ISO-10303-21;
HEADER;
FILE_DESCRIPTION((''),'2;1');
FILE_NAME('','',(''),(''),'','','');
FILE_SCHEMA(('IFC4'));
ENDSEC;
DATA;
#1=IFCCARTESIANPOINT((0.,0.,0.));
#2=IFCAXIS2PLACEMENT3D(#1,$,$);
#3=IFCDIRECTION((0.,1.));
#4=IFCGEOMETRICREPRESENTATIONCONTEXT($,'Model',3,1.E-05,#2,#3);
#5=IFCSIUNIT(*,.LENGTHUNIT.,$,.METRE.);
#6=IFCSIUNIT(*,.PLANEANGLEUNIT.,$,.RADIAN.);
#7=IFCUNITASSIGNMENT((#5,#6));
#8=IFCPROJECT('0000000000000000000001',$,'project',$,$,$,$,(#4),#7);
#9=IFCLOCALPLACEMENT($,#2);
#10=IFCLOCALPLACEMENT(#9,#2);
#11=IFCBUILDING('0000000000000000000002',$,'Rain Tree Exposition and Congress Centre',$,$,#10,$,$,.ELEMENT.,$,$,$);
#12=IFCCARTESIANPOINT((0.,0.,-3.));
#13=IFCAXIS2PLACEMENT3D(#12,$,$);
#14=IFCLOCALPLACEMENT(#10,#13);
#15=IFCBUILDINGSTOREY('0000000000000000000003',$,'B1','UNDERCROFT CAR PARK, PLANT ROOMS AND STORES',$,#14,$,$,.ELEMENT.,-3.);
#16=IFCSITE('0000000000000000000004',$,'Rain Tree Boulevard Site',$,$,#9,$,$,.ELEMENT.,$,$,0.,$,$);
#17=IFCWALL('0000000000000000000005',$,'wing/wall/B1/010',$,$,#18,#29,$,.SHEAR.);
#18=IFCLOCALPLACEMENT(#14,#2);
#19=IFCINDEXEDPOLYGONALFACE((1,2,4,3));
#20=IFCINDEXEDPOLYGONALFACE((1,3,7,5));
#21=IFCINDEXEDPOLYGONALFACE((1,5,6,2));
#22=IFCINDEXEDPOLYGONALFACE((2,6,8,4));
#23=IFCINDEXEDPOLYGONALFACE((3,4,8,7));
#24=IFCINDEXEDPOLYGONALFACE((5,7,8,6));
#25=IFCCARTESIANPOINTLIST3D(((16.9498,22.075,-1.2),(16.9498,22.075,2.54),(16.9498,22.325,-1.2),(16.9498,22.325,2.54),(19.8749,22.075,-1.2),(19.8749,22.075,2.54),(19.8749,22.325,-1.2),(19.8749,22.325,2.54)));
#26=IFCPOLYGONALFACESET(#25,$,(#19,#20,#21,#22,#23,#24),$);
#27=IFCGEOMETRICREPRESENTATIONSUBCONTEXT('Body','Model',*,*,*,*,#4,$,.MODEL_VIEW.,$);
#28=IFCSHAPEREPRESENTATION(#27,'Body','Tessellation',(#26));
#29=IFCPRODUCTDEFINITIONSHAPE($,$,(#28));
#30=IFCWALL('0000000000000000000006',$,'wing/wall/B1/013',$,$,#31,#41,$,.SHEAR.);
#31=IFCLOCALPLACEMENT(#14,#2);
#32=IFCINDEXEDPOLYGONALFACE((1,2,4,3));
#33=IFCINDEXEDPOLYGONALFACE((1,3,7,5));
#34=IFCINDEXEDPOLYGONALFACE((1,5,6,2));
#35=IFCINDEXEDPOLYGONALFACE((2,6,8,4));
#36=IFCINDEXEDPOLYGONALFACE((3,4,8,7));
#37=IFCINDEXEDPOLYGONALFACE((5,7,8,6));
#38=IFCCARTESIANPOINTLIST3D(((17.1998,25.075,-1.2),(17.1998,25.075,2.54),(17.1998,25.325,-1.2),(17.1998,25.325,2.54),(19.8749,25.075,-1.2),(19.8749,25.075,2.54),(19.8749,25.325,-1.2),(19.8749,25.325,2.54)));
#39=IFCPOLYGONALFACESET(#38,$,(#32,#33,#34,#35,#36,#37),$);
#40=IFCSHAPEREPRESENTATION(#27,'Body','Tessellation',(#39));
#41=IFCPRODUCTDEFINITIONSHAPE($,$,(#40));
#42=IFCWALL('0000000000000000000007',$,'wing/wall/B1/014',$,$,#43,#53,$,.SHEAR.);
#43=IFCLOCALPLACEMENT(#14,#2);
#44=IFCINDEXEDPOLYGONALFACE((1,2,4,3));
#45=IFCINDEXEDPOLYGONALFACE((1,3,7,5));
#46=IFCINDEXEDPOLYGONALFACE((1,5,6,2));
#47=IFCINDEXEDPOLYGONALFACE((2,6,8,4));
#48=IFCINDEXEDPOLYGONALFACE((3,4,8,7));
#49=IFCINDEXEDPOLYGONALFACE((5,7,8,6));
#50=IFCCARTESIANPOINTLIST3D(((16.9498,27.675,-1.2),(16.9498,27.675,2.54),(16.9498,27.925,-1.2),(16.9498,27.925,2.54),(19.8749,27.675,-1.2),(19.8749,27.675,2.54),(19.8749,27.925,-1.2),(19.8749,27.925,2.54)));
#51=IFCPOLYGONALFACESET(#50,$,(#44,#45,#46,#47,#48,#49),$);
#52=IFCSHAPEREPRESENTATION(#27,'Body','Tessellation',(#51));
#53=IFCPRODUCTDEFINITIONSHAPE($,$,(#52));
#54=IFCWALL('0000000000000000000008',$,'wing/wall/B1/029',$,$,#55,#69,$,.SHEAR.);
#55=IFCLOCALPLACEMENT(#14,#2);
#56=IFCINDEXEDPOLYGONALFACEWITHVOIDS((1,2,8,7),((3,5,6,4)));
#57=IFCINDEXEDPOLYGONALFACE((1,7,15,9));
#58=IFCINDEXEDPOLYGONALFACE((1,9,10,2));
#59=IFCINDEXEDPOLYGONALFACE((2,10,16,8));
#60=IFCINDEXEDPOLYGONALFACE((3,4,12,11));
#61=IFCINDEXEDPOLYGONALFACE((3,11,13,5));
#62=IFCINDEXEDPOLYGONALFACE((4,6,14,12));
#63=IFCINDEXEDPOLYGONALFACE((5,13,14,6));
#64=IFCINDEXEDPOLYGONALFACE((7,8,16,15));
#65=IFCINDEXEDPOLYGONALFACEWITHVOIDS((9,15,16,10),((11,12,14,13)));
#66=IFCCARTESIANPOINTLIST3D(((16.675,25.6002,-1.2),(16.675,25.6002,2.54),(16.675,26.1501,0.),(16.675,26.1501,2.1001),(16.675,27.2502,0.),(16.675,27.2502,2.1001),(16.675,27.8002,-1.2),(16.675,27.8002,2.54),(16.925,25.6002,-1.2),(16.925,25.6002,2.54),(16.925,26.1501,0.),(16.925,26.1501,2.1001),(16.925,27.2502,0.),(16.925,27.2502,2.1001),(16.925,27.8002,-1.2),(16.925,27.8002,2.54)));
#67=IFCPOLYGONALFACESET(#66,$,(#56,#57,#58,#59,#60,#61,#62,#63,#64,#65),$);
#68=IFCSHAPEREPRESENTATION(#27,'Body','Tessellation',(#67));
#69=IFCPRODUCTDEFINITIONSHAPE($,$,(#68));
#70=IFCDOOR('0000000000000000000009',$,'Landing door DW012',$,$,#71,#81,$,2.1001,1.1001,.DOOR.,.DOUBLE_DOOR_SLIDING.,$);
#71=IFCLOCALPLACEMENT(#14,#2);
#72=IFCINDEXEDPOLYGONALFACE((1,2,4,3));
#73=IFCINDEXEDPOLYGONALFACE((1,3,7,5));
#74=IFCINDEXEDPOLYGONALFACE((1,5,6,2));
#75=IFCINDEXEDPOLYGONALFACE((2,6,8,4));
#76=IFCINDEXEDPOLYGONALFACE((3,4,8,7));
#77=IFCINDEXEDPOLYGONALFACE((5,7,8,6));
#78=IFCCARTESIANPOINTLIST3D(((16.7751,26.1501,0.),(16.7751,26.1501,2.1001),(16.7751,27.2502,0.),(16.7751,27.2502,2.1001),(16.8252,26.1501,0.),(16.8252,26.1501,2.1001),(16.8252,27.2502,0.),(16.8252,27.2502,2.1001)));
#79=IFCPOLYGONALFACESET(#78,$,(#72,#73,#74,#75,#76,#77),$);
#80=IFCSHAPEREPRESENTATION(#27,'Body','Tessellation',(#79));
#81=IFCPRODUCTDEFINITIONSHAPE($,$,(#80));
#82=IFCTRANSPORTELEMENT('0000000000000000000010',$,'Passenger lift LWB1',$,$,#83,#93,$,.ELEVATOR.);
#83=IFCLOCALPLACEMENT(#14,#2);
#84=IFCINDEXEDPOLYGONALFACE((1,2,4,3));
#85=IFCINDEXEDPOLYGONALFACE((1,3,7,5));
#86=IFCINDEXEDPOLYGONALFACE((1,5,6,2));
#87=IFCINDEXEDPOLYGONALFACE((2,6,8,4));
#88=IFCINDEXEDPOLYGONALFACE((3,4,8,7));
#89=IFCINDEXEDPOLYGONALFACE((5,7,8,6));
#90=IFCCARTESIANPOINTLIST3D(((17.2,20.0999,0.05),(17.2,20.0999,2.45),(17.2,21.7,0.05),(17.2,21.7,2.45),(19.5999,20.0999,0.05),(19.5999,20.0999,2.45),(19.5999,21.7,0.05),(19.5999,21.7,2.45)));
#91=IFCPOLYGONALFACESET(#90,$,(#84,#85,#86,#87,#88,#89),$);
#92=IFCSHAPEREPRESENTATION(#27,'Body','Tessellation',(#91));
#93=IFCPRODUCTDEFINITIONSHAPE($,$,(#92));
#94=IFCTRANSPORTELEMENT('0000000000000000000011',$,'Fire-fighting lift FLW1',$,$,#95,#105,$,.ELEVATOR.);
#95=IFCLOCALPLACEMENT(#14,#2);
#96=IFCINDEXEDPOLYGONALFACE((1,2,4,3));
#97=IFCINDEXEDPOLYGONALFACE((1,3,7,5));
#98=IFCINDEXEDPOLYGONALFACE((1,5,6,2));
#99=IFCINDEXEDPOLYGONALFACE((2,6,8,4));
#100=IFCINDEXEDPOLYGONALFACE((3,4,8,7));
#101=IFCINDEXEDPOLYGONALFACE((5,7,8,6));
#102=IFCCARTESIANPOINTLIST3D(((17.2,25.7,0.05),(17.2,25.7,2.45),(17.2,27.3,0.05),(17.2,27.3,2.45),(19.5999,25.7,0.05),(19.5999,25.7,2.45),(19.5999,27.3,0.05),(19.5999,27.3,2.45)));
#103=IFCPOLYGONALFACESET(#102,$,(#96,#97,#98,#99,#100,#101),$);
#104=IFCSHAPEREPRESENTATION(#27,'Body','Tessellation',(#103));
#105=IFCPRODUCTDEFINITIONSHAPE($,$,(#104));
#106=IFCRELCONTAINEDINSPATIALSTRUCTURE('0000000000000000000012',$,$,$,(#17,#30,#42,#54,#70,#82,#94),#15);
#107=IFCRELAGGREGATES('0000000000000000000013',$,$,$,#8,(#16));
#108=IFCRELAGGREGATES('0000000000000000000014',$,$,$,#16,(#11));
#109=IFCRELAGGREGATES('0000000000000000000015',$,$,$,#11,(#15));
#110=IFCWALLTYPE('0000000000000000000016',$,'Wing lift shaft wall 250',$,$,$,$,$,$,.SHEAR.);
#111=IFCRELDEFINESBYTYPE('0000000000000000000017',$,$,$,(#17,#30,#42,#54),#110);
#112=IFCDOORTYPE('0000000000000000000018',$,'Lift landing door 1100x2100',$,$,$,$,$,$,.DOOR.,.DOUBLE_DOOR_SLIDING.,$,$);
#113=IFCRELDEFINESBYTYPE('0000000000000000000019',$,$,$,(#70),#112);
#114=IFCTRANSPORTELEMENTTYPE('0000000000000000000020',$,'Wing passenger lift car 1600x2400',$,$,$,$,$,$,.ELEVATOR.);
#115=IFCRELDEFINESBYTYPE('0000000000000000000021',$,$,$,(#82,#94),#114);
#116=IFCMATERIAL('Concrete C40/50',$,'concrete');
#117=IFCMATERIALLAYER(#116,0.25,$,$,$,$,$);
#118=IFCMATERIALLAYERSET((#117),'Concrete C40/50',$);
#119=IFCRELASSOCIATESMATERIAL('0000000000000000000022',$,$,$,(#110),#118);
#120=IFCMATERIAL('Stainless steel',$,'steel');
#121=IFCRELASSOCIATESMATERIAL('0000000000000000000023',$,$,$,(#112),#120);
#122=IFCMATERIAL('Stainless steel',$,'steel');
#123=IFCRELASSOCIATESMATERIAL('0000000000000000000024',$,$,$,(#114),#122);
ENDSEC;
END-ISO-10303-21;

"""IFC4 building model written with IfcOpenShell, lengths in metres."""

from ifc_helpers import new_model, si_unit, direction, frame, frame_2d, origin, origin_2d, place, context, subcontext, project, spatial, rectangle, extrude, material, layer, layer_set, type_object, element, fill, save


model = new_model("IFC4")

# Units and contexts
model_context = context("Model", 3, precision=1e-05, world=origin(), true_north=direction((0.0, 1.0)))
body_context = subcontext(model_context, "Body", "Model", "MODEL_VIEW")
ifc_project = project(units=[si_unit("LENGTHUNIT", "METRE"), si_unit("PLANEANGLEUNIT", "RADIAN")], contexts=[model_context])

# Site, building, storey
site_placement = place(None, origin())
site = spatial("IfcSite", under=ifc_project, at=site_placement, Name="Rain Tree Boulevard Site", CompositionType="ELEMENT", RefElevation=0.0)
building_placement = place(site_placement, origin())
building = spatial("IfcBuilding", under=site, at=building_placement, Name="Rain Tree Exposition and Congress Centre", CompositionType="ELEMENT")
storey_placement = place(building_placement, frame((0.0, 0.0, -3.0)))
storey = spatial("IfcBuildingStorey", under=building, at=storey_placement, Name="B1", Description="UNDERCROFT CAR PARK, PLANT ROOMS AND STORES", CompositionType="ELEMENT", Elevation=-3.0)

# Walls
ifc_material_1 = material(Name="Concrete C40/50", Category="concrete")
ifc_layer_1 = layer(ifc_material_1, 0.25)
ifc_layer_set_1 = layer_set([ifc_layer_1], Name="Concrete C40/50")
wall_type_1 = type_object("IfcWallType", Name="Wing lift shaft wall 250", PredefinedType="SHEAR", material=ifc_layer_set_1)
wall_1_placement = place(storey_placement, frame((16.95, 22.2, -1.2), z_axis=(0.0, 0.0, 1.0), x_axis=(1.0, 0.0, 0.0)))
element("IfcWall", 1, at=wall_1_placement, inside=storey, type_object=wall_type_1, Name="wing/wall/B1/010", PredefinedType="SHEAR", context=body_context, shape_type="SweptSolid", body=[
    extrude(rectangle(XDim=2.925, YDim=0.25, at=frame_2d((1.4624, 0.0))), origin(), (0.0, 0.0, 1.0), 3.74),
])
wall_2_placement = place(storey_placement, frame((17.2, 25.2, -1.2), z_axis=(0.0, 0.0, 1.0), x_axis=(1.0, 0.0, 0.0)))
element("IfcWall", 2, at=wall_2_placement, inside=storey, type_object=wall_type_1, Name="wing/wall/B1/013", PredefinedType="SHEAR", context=body_context, shape_type="SweptSolid", body=[
    extrude(rectangle(XDim=2.675, YDim=0.25, at=frame_2d((1.3374, 0.0))), origin(), (0.0, 0.0, 1.0), 3.74),
])
wall_3_placement = place(storey_placement, frame((16.95, 27.8, -1.2), z_axis=(0.0, 0.0, 1.0), x_axis=(1.0, 0.0, 0.0)))
element("IfcWall", 3, at=wall_3_placement, inside=storey, type_object=wall_type_1, Name="wing/wall/B1/014", PredefinedType="SHEAR", context=body_context, shape_type="SweptSolid", body=[
    extrude(rectangle(XDim=2.925, YDim=0.25, at=frame_2d((1.4624, 0.0))), origin(), (0.0, 0.0, 1.0), 3.74),
])

# Wall, opening, door
wall_4_placement = place(storey_placement, frame((16.8, 25.6001, -1.2), z_axis=(0.0, 0.0, 1.0), x_axis=(0.0, 1.0, 0.0)))
wall_4 = element("IfcWall", 4, at=wall_4_placement, inside=storey, type_object=wall_type_1, Name="wing/wall/B1/029", PredefinedType="SHEAR", context=body_context, shape_type="SweptSolid", body=[
    extrude(rectangle(XDim=2.2, YDim=0.25, at=frame_2d((1.1001, 0.0))), origin(), (0.0, 0.0, 1.0), 3.74),
])
opening_1_placement = place(wall_4_placement, frame((0.55, 0.0, 1.2)))
opening_1 = element("IfcOpeningElement", 5, at=opening_1_placement, cuts=wall_4, PredefinedType="OPENING", context=body_context, shape_type="SweptSolid", body=[
    extrude(rectangle(XDim=1.1001, YDim=2.1001, at=frame_2d((0.55, 1.05))), frame((0.0, 0.125, 0.0), z_axis=(0.0, -1.0, 0.0), x_axis=(1.0, 0.0, 0.0)), (0.0, 0.0, 1.0), 0.25),
])
ifc_material_2 = material(Name="Stainless steel", Category="steel")
door_type_1 = type_object("IfcDoorType", Name="Lift landing door 1100x2100", OperationType="DOUBLE_DOOR_SLIDING", PredefinedType="DOOR", material=ifc_material_2)
door_1_placement = place(opening_1_placement, origin())
door_1 = element("IfcDoor", 6, at=door_1_placement, inside=storey, type_object=door_type_1, Name="Landing door DW012", OperationType="DOUBLE_DOOR_SLIDING", OverallHeight=2.1001, OverallWidth=1.1001, PredefinedType="DOOR", context=body_context, shape_type="SweptSolid", body=[
    extrude(rectangle(XDim=1.1001, YDim=2.1001, at=frame_2d((0.55, 1.05))), frame((0.0, 0.0249, 0.0), z_axis=(0.0, -1.0, 0.0), x_axis=(1.0, 0.0, 0.0)), (0.0, 0.0, 1.0), 0.05),
])
fill(opening_1, door_1)

# Transport elements
ifc_material_3 = material(Name="Stainless steel", Category="steel")
transport_element_type = type_object("IfcTransportElementType", Name="Wing passenger lift car 1600x2400", PredefinedType="ELEVATOR", material=ifc_material_3)
for number, where, z_axis, x_axis, name in (
    (7, (18.3999, 20.8999, 0.05), (0.0, 0.0, 1.0), (1.0, 0.0, 0.0), "Passenger lift LWB1"),
    (8, (18.3999, 26.5, 0.05), (0.0, 0.0, 1.0), (1.0, 0.0, 0.0), "Fire-fighting lift FLW1"),
):
    element("IfcTransportElement", number, at=place(storey_placement, frame(where, z_axis=z_axis, x_axis=x_axis)), inside=storey, type_object=transport_element_type, Name=name, PredefinedType="ELEVATOR", context=body_context, shape_type="SweptSolid", body=[
        extrude(rectangle(XDim=2.3999, YDim=1.6001, at=origin_2d()), origin(), (0.0, 0.0, 1.0), 2.3999),
    ])

save(model, "model.ifc")
